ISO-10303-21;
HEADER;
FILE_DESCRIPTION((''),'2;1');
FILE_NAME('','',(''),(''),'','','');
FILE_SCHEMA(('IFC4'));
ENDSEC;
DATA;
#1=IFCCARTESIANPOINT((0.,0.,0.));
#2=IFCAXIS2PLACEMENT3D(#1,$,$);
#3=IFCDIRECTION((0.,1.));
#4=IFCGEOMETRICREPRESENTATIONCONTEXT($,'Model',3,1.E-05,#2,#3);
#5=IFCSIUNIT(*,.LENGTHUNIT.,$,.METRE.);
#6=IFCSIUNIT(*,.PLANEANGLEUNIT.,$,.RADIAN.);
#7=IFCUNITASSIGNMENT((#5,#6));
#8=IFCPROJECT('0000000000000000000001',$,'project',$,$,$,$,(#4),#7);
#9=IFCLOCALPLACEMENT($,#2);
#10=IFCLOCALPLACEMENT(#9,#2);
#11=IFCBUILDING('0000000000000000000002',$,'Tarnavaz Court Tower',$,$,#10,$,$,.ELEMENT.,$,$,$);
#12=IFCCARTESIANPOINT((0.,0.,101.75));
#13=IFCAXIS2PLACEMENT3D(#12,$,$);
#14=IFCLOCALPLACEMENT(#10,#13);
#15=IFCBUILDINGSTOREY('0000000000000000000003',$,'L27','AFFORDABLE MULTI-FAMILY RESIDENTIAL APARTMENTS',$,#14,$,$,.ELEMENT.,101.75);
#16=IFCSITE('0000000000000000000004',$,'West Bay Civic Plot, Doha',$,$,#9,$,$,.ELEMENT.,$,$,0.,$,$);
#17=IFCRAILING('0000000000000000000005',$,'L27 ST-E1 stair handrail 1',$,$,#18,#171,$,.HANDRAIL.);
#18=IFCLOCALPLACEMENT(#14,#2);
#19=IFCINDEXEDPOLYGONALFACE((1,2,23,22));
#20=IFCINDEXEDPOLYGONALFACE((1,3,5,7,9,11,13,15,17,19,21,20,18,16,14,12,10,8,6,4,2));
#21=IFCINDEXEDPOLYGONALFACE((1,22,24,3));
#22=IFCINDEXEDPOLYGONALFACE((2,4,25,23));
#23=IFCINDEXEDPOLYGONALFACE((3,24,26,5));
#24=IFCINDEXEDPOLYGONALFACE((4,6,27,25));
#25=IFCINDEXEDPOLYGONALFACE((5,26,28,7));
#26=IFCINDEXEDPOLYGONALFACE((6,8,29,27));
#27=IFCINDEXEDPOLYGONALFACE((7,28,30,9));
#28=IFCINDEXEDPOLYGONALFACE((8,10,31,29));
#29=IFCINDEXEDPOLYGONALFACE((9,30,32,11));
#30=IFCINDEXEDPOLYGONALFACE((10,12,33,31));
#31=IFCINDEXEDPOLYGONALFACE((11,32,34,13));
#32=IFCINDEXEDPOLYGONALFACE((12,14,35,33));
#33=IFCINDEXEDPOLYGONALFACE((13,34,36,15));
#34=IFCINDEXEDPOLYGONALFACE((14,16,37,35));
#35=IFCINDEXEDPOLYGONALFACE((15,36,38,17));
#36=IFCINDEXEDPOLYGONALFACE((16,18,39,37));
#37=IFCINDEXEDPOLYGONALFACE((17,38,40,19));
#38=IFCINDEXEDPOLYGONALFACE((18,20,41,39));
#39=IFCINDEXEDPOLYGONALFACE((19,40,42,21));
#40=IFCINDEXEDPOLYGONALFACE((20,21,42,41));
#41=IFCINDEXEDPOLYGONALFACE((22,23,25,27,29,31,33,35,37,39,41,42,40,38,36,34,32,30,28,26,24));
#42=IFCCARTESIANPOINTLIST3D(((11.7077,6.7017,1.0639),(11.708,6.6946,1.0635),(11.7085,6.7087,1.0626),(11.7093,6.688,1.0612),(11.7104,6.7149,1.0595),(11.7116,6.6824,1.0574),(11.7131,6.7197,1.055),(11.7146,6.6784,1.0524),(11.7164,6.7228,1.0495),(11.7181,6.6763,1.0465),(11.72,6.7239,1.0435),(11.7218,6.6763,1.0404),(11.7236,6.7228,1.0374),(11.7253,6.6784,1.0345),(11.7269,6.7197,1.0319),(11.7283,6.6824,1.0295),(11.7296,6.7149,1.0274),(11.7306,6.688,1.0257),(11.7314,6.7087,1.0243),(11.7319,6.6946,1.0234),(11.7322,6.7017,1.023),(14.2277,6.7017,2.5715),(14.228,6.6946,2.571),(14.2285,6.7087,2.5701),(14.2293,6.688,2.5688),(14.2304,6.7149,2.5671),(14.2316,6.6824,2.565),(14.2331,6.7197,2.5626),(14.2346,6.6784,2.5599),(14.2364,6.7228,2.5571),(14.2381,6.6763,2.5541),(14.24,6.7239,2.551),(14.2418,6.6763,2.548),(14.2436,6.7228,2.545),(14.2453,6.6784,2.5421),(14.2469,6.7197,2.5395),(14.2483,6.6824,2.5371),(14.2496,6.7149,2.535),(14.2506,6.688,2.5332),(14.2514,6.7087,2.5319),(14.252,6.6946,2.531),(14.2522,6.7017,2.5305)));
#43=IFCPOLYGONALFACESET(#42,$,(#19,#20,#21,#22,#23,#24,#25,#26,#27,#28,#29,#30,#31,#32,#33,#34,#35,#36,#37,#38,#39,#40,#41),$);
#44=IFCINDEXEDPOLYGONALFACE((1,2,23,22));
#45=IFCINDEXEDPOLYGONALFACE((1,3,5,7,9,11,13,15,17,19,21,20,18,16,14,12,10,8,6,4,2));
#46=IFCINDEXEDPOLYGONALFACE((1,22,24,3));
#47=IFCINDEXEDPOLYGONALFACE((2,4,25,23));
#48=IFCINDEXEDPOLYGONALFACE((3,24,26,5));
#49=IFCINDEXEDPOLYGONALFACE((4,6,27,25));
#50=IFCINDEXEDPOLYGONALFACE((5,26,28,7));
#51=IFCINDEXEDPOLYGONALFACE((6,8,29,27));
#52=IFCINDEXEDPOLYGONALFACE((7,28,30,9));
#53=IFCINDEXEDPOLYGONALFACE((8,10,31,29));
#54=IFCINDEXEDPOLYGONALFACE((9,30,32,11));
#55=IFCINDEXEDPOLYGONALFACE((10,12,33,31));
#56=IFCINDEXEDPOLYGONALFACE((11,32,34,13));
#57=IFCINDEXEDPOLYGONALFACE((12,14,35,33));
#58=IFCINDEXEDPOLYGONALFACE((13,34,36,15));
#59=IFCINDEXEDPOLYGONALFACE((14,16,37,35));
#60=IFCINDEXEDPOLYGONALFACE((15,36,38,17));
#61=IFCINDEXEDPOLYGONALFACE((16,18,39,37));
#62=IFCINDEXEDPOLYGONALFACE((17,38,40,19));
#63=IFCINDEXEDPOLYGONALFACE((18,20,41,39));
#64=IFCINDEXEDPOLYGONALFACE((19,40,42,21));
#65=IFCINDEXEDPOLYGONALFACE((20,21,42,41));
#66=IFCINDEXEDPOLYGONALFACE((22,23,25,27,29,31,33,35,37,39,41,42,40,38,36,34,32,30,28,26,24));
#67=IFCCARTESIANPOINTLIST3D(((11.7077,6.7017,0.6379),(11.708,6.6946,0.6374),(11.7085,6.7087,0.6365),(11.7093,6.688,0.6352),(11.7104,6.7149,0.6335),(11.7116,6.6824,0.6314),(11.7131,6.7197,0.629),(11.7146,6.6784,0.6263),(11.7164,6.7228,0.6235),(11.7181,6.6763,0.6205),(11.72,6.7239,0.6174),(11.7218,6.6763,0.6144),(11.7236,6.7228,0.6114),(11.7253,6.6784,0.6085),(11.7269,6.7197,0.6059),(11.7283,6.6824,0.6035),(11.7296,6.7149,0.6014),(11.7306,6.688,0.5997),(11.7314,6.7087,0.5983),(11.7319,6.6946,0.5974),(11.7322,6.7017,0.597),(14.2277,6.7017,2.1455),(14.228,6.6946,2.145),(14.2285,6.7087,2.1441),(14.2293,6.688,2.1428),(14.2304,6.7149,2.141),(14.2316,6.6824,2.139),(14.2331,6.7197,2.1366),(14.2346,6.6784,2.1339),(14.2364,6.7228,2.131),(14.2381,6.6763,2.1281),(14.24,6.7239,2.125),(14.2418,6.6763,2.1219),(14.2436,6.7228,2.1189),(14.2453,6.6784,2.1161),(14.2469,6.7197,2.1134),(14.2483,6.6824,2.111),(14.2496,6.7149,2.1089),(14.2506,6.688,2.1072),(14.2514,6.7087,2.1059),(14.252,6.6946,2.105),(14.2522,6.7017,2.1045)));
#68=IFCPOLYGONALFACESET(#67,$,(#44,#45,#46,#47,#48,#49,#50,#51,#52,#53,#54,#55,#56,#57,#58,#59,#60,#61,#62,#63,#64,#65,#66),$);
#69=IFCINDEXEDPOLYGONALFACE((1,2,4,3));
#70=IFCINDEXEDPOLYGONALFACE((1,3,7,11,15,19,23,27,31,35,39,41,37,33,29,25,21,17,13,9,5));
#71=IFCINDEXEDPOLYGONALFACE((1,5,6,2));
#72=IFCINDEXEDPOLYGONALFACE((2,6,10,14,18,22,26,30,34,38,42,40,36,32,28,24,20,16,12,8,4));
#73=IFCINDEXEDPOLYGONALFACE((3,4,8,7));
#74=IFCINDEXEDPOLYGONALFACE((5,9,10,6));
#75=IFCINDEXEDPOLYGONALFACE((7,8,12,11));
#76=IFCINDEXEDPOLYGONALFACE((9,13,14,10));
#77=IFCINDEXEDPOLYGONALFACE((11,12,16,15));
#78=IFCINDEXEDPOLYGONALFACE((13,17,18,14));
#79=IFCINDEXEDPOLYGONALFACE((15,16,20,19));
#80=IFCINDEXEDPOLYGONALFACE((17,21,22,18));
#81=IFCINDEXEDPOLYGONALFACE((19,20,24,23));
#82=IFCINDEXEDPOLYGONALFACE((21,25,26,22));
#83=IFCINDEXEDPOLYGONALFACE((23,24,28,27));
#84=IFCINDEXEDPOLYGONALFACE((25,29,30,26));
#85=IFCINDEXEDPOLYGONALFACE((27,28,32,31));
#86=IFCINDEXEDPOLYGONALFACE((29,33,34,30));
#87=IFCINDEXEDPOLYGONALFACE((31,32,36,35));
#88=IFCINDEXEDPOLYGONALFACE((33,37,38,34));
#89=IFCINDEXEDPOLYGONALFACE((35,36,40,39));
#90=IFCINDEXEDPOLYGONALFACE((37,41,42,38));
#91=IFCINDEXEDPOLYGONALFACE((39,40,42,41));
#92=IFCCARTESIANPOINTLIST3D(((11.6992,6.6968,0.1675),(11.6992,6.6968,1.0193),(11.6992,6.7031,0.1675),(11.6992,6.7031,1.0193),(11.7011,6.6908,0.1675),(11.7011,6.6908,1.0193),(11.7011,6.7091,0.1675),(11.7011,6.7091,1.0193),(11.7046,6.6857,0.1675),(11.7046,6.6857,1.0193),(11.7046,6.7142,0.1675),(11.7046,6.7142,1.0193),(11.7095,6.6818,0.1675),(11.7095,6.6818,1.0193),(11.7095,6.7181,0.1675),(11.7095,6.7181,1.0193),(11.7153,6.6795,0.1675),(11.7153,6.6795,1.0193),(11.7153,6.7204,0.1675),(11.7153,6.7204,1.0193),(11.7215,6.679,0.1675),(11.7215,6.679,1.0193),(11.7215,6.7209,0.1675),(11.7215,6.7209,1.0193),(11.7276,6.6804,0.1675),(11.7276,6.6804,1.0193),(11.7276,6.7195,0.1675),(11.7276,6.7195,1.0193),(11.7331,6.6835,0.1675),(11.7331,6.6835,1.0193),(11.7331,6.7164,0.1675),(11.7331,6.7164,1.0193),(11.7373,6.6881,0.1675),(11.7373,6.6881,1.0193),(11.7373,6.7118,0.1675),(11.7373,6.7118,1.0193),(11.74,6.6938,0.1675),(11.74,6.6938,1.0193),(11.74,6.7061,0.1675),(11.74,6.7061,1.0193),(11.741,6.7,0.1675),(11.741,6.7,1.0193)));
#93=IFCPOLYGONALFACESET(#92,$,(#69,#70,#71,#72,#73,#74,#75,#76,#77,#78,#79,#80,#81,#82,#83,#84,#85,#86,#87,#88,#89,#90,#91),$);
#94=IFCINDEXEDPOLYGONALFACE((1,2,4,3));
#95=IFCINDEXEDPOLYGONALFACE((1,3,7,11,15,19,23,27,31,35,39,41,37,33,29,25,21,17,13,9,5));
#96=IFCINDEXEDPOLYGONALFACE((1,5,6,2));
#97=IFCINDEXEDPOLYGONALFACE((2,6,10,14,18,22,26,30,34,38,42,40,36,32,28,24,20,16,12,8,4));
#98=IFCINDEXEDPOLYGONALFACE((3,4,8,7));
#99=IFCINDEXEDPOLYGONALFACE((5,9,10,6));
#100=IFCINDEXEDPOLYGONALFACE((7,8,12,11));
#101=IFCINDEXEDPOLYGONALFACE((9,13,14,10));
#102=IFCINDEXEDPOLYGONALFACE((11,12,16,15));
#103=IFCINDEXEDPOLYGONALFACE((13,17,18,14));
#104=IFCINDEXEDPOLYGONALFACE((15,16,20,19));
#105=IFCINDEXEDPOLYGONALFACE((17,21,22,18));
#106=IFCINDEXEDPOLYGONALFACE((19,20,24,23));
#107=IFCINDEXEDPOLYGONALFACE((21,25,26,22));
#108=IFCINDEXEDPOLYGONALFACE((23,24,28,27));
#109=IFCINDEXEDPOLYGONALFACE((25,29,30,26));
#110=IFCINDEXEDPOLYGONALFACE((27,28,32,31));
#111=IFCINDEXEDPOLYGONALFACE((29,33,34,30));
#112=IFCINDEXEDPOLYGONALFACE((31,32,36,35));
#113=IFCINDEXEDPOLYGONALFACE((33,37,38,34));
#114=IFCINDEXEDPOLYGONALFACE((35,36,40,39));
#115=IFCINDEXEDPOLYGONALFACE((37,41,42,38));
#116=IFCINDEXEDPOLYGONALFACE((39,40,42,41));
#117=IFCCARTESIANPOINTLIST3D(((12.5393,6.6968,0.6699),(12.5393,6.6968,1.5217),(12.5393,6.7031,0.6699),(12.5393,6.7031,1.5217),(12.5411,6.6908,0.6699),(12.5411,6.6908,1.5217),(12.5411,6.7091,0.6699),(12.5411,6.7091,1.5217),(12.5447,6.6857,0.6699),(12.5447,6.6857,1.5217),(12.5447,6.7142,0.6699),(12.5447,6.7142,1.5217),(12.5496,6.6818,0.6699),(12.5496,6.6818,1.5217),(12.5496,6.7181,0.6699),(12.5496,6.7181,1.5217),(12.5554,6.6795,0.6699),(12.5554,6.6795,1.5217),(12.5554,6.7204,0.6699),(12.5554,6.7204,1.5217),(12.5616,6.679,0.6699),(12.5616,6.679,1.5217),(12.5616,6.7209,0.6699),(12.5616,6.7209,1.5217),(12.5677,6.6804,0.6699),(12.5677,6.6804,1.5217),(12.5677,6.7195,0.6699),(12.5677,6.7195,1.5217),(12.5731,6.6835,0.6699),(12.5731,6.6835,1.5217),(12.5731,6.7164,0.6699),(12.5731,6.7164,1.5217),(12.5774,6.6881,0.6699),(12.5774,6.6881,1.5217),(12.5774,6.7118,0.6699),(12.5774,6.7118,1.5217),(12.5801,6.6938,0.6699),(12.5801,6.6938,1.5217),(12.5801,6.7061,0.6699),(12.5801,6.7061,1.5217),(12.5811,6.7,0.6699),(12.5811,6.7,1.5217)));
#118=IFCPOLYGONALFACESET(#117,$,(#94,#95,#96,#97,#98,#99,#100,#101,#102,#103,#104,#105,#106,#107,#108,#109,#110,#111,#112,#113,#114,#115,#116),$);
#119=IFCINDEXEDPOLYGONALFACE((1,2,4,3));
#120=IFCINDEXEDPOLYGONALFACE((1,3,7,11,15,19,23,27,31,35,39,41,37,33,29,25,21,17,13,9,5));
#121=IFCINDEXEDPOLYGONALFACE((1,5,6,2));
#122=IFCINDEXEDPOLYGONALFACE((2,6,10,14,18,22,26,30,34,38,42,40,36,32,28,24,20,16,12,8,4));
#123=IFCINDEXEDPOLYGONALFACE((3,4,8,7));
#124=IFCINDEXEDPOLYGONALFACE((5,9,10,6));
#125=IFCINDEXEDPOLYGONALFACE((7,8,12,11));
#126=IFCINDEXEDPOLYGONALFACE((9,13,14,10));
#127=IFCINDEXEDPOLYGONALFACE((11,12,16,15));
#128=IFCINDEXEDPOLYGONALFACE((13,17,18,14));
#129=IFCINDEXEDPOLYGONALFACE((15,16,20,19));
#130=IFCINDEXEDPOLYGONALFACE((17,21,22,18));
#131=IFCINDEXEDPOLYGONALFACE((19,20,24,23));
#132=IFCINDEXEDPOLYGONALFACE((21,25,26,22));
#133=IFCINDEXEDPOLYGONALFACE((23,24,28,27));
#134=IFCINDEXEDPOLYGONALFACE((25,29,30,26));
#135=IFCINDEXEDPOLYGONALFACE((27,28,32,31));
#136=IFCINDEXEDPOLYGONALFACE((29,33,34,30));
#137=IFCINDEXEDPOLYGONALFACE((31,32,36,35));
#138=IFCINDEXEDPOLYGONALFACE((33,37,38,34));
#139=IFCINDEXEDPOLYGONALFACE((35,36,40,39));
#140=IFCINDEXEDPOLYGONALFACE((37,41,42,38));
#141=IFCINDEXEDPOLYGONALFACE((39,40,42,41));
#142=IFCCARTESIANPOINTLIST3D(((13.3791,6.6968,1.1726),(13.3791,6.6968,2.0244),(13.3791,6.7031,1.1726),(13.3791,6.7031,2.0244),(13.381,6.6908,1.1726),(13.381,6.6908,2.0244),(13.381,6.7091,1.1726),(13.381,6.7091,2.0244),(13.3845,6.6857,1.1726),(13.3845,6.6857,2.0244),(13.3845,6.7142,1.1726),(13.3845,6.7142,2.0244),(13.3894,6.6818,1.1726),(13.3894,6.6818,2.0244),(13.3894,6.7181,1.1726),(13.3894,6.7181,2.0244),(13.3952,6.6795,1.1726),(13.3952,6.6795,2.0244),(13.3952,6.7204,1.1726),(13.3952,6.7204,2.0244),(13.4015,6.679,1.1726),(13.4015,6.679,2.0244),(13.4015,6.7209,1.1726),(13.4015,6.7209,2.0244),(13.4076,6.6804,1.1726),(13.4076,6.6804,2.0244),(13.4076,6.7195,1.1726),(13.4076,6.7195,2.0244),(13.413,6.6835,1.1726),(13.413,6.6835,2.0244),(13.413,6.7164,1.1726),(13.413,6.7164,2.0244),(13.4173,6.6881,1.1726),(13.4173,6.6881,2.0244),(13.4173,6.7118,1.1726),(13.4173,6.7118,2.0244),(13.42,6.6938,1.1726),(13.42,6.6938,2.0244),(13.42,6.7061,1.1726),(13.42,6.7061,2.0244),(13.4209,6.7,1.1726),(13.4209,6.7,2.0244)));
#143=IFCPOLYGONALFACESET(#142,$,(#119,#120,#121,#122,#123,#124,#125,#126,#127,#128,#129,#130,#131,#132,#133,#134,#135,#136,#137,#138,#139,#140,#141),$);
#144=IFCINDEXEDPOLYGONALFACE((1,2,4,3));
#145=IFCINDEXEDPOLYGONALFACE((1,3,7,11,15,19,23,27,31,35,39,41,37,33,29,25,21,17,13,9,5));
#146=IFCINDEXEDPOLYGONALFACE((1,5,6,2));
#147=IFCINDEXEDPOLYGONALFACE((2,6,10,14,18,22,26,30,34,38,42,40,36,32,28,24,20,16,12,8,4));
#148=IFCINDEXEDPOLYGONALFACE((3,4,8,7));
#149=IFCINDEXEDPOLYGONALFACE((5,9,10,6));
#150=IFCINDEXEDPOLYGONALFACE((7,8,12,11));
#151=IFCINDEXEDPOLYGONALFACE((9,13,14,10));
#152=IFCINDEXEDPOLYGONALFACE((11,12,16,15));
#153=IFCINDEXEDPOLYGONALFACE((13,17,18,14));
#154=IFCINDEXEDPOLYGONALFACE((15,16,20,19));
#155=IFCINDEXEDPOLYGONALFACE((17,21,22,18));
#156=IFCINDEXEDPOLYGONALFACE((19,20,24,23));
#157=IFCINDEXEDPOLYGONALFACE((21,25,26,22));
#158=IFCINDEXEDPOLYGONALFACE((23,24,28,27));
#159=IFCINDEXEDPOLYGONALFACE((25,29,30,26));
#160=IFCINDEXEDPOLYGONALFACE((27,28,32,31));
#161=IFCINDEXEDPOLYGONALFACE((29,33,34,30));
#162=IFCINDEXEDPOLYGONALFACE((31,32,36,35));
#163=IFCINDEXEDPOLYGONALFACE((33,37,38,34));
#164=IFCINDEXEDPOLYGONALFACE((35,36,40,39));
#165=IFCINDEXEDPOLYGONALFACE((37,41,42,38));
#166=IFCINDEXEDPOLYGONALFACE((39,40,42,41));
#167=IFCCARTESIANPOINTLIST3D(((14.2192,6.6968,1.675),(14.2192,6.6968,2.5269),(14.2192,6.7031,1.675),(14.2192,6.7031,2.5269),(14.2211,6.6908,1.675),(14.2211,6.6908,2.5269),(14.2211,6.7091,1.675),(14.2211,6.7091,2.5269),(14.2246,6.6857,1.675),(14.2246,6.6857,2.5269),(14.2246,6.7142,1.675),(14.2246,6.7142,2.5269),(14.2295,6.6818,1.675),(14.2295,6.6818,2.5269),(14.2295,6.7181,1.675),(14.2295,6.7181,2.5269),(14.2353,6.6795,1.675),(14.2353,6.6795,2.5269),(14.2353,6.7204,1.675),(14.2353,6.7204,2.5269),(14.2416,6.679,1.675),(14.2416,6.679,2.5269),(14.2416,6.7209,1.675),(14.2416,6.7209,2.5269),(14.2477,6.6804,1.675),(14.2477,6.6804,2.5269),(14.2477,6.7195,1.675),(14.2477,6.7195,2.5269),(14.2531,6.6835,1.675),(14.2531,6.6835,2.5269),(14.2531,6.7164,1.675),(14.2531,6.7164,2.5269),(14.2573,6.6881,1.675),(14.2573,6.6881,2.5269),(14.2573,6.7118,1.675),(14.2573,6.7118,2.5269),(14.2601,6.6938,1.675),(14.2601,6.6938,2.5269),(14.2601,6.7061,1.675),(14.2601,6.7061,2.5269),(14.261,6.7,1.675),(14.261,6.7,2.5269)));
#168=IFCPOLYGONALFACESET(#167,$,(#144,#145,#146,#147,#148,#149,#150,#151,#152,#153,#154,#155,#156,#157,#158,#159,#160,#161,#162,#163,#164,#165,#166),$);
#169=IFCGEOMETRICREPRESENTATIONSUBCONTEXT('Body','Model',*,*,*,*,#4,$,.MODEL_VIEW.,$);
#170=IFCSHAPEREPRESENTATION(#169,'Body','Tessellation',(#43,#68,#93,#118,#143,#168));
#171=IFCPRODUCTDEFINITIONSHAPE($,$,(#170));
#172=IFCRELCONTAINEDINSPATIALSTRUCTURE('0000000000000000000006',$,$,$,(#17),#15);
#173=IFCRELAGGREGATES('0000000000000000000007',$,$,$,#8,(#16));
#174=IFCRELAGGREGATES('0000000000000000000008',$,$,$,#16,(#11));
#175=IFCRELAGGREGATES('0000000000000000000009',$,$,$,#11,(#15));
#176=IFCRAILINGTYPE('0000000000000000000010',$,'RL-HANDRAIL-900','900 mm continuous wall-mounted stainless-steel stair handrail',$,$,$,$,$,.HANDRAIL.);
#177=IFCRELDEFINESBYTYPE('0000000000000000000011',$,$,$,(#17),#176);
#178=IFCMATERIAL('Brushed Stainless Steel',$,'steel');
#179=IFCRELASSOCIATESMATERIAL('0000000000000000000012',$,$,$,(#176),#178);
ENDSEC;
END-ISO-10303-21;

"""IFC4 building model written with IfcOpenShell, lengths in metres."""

from ifc_helpers import new_model, si_unit, direction, frame, origin, origin_2d, place, context, subcontext, project, spatial, circle, extrude, material, type_object, element, save


model = new_model("IFC4")

# Units and contexts
model_context = context("Model", 3, precision=1e-05, world=origin(), true_north=direction((0.0, 1.0)))
body_context = subcontext(model_context, "Body", "Model", "MODEL_VIEW")
ifc_project = project(units=[si_unit("LENGTHUNIT", "METRE"), si_unit("PLANEANGLEUNIT", "RADIAN")], contexts=[model_context])

# Site, building, storey
site_placement = place(None, origin())
site = spatial("IfcSite", under=ifc_project, at=site_placement, Name="West Bay Civic Plot, Doha", CompositionType="ELEMENT", RefElevation=0.0)
building_placement = place(site_placement, origin())
building = spatial("IfcBuilding", under=site, at=building_placement, Name="Tarnavaz Court Tower", CompositionType="ELEMENT")
storey_placement = place(building_placement, frame((0.0, 0.0, 101.75)))
storey = spatial("IfcBuildingStorey", under=building, at=storey_placement, Name="L27", Description="AFFORDABLE MULTI-FAMILY RESIDENTIAL APARTMENTS", CompositionType="ELEMENT", Elevation=101.75)

# Railing
ifc_material_1 = material(Name="Brushed Stainless Steel", Category="steel")
railing_type_1 = type_object("IfcRailingType", Name="RL-HANDRAIL-900", Description="900 mm continuous wall-mounted stainless-steel stair handrail", PredefinedType="HANDRAIL", material=ifc_material_1)
railing_1_placement = place(storey_placement, frame((11.72, 6.7, 0.1675)))
element("IfcRailing", 1, at=railing_1_placement, inside=storey, type_object=railing_type_1, Name="L27 ST-E1 stair handrail 1", PredefinedType="HANDRAIL", context=body_context, shape_type="SweptSolid", body=[
    extrude(circle(Radius=0.0239, at=origin_2d()), frame((0.0, 0.0, 0.876), z_axis=(0.85816, 0.0, 0.513383), x_axis=(0.0, 1.0, 0.0)), (0.0, 0.0, 1.0), 2.9365),
    extrude(circle(Radius=0.0239, at=origin_2d()), frame((0.0, 0.0, 0.45), z_axis=(0.85816, 0.0, 0.513383), x_axis=(0.0, 1.0, 0.0)), (0.0, 0.0, 1.0), 2.9365),
    extrude(circle(Radius=0.021, at=origin_2d()), origin(), (0.0, 0.0, 1.0), 0.8518),
    extrude(circle(Radius=0.021, at=origin_2d()), frame((0.8401, 0.0, 0.5024)), (0.0, 0.0, 1.0), 0.8518),
    extrude(circle(Radius=0.021, at=origin_2d()), frame((1.6799, 0.0, 1.0051)), (0.0, 0.0, 1.0), 0.8518),
    extrude(circle(Radius=0.021, at=origin_2d()), frame((2.52, 0.0, 1.5076)), (0.0, 0.0, 1.0), 0.8518),
])

save(model, "model.ifc")
